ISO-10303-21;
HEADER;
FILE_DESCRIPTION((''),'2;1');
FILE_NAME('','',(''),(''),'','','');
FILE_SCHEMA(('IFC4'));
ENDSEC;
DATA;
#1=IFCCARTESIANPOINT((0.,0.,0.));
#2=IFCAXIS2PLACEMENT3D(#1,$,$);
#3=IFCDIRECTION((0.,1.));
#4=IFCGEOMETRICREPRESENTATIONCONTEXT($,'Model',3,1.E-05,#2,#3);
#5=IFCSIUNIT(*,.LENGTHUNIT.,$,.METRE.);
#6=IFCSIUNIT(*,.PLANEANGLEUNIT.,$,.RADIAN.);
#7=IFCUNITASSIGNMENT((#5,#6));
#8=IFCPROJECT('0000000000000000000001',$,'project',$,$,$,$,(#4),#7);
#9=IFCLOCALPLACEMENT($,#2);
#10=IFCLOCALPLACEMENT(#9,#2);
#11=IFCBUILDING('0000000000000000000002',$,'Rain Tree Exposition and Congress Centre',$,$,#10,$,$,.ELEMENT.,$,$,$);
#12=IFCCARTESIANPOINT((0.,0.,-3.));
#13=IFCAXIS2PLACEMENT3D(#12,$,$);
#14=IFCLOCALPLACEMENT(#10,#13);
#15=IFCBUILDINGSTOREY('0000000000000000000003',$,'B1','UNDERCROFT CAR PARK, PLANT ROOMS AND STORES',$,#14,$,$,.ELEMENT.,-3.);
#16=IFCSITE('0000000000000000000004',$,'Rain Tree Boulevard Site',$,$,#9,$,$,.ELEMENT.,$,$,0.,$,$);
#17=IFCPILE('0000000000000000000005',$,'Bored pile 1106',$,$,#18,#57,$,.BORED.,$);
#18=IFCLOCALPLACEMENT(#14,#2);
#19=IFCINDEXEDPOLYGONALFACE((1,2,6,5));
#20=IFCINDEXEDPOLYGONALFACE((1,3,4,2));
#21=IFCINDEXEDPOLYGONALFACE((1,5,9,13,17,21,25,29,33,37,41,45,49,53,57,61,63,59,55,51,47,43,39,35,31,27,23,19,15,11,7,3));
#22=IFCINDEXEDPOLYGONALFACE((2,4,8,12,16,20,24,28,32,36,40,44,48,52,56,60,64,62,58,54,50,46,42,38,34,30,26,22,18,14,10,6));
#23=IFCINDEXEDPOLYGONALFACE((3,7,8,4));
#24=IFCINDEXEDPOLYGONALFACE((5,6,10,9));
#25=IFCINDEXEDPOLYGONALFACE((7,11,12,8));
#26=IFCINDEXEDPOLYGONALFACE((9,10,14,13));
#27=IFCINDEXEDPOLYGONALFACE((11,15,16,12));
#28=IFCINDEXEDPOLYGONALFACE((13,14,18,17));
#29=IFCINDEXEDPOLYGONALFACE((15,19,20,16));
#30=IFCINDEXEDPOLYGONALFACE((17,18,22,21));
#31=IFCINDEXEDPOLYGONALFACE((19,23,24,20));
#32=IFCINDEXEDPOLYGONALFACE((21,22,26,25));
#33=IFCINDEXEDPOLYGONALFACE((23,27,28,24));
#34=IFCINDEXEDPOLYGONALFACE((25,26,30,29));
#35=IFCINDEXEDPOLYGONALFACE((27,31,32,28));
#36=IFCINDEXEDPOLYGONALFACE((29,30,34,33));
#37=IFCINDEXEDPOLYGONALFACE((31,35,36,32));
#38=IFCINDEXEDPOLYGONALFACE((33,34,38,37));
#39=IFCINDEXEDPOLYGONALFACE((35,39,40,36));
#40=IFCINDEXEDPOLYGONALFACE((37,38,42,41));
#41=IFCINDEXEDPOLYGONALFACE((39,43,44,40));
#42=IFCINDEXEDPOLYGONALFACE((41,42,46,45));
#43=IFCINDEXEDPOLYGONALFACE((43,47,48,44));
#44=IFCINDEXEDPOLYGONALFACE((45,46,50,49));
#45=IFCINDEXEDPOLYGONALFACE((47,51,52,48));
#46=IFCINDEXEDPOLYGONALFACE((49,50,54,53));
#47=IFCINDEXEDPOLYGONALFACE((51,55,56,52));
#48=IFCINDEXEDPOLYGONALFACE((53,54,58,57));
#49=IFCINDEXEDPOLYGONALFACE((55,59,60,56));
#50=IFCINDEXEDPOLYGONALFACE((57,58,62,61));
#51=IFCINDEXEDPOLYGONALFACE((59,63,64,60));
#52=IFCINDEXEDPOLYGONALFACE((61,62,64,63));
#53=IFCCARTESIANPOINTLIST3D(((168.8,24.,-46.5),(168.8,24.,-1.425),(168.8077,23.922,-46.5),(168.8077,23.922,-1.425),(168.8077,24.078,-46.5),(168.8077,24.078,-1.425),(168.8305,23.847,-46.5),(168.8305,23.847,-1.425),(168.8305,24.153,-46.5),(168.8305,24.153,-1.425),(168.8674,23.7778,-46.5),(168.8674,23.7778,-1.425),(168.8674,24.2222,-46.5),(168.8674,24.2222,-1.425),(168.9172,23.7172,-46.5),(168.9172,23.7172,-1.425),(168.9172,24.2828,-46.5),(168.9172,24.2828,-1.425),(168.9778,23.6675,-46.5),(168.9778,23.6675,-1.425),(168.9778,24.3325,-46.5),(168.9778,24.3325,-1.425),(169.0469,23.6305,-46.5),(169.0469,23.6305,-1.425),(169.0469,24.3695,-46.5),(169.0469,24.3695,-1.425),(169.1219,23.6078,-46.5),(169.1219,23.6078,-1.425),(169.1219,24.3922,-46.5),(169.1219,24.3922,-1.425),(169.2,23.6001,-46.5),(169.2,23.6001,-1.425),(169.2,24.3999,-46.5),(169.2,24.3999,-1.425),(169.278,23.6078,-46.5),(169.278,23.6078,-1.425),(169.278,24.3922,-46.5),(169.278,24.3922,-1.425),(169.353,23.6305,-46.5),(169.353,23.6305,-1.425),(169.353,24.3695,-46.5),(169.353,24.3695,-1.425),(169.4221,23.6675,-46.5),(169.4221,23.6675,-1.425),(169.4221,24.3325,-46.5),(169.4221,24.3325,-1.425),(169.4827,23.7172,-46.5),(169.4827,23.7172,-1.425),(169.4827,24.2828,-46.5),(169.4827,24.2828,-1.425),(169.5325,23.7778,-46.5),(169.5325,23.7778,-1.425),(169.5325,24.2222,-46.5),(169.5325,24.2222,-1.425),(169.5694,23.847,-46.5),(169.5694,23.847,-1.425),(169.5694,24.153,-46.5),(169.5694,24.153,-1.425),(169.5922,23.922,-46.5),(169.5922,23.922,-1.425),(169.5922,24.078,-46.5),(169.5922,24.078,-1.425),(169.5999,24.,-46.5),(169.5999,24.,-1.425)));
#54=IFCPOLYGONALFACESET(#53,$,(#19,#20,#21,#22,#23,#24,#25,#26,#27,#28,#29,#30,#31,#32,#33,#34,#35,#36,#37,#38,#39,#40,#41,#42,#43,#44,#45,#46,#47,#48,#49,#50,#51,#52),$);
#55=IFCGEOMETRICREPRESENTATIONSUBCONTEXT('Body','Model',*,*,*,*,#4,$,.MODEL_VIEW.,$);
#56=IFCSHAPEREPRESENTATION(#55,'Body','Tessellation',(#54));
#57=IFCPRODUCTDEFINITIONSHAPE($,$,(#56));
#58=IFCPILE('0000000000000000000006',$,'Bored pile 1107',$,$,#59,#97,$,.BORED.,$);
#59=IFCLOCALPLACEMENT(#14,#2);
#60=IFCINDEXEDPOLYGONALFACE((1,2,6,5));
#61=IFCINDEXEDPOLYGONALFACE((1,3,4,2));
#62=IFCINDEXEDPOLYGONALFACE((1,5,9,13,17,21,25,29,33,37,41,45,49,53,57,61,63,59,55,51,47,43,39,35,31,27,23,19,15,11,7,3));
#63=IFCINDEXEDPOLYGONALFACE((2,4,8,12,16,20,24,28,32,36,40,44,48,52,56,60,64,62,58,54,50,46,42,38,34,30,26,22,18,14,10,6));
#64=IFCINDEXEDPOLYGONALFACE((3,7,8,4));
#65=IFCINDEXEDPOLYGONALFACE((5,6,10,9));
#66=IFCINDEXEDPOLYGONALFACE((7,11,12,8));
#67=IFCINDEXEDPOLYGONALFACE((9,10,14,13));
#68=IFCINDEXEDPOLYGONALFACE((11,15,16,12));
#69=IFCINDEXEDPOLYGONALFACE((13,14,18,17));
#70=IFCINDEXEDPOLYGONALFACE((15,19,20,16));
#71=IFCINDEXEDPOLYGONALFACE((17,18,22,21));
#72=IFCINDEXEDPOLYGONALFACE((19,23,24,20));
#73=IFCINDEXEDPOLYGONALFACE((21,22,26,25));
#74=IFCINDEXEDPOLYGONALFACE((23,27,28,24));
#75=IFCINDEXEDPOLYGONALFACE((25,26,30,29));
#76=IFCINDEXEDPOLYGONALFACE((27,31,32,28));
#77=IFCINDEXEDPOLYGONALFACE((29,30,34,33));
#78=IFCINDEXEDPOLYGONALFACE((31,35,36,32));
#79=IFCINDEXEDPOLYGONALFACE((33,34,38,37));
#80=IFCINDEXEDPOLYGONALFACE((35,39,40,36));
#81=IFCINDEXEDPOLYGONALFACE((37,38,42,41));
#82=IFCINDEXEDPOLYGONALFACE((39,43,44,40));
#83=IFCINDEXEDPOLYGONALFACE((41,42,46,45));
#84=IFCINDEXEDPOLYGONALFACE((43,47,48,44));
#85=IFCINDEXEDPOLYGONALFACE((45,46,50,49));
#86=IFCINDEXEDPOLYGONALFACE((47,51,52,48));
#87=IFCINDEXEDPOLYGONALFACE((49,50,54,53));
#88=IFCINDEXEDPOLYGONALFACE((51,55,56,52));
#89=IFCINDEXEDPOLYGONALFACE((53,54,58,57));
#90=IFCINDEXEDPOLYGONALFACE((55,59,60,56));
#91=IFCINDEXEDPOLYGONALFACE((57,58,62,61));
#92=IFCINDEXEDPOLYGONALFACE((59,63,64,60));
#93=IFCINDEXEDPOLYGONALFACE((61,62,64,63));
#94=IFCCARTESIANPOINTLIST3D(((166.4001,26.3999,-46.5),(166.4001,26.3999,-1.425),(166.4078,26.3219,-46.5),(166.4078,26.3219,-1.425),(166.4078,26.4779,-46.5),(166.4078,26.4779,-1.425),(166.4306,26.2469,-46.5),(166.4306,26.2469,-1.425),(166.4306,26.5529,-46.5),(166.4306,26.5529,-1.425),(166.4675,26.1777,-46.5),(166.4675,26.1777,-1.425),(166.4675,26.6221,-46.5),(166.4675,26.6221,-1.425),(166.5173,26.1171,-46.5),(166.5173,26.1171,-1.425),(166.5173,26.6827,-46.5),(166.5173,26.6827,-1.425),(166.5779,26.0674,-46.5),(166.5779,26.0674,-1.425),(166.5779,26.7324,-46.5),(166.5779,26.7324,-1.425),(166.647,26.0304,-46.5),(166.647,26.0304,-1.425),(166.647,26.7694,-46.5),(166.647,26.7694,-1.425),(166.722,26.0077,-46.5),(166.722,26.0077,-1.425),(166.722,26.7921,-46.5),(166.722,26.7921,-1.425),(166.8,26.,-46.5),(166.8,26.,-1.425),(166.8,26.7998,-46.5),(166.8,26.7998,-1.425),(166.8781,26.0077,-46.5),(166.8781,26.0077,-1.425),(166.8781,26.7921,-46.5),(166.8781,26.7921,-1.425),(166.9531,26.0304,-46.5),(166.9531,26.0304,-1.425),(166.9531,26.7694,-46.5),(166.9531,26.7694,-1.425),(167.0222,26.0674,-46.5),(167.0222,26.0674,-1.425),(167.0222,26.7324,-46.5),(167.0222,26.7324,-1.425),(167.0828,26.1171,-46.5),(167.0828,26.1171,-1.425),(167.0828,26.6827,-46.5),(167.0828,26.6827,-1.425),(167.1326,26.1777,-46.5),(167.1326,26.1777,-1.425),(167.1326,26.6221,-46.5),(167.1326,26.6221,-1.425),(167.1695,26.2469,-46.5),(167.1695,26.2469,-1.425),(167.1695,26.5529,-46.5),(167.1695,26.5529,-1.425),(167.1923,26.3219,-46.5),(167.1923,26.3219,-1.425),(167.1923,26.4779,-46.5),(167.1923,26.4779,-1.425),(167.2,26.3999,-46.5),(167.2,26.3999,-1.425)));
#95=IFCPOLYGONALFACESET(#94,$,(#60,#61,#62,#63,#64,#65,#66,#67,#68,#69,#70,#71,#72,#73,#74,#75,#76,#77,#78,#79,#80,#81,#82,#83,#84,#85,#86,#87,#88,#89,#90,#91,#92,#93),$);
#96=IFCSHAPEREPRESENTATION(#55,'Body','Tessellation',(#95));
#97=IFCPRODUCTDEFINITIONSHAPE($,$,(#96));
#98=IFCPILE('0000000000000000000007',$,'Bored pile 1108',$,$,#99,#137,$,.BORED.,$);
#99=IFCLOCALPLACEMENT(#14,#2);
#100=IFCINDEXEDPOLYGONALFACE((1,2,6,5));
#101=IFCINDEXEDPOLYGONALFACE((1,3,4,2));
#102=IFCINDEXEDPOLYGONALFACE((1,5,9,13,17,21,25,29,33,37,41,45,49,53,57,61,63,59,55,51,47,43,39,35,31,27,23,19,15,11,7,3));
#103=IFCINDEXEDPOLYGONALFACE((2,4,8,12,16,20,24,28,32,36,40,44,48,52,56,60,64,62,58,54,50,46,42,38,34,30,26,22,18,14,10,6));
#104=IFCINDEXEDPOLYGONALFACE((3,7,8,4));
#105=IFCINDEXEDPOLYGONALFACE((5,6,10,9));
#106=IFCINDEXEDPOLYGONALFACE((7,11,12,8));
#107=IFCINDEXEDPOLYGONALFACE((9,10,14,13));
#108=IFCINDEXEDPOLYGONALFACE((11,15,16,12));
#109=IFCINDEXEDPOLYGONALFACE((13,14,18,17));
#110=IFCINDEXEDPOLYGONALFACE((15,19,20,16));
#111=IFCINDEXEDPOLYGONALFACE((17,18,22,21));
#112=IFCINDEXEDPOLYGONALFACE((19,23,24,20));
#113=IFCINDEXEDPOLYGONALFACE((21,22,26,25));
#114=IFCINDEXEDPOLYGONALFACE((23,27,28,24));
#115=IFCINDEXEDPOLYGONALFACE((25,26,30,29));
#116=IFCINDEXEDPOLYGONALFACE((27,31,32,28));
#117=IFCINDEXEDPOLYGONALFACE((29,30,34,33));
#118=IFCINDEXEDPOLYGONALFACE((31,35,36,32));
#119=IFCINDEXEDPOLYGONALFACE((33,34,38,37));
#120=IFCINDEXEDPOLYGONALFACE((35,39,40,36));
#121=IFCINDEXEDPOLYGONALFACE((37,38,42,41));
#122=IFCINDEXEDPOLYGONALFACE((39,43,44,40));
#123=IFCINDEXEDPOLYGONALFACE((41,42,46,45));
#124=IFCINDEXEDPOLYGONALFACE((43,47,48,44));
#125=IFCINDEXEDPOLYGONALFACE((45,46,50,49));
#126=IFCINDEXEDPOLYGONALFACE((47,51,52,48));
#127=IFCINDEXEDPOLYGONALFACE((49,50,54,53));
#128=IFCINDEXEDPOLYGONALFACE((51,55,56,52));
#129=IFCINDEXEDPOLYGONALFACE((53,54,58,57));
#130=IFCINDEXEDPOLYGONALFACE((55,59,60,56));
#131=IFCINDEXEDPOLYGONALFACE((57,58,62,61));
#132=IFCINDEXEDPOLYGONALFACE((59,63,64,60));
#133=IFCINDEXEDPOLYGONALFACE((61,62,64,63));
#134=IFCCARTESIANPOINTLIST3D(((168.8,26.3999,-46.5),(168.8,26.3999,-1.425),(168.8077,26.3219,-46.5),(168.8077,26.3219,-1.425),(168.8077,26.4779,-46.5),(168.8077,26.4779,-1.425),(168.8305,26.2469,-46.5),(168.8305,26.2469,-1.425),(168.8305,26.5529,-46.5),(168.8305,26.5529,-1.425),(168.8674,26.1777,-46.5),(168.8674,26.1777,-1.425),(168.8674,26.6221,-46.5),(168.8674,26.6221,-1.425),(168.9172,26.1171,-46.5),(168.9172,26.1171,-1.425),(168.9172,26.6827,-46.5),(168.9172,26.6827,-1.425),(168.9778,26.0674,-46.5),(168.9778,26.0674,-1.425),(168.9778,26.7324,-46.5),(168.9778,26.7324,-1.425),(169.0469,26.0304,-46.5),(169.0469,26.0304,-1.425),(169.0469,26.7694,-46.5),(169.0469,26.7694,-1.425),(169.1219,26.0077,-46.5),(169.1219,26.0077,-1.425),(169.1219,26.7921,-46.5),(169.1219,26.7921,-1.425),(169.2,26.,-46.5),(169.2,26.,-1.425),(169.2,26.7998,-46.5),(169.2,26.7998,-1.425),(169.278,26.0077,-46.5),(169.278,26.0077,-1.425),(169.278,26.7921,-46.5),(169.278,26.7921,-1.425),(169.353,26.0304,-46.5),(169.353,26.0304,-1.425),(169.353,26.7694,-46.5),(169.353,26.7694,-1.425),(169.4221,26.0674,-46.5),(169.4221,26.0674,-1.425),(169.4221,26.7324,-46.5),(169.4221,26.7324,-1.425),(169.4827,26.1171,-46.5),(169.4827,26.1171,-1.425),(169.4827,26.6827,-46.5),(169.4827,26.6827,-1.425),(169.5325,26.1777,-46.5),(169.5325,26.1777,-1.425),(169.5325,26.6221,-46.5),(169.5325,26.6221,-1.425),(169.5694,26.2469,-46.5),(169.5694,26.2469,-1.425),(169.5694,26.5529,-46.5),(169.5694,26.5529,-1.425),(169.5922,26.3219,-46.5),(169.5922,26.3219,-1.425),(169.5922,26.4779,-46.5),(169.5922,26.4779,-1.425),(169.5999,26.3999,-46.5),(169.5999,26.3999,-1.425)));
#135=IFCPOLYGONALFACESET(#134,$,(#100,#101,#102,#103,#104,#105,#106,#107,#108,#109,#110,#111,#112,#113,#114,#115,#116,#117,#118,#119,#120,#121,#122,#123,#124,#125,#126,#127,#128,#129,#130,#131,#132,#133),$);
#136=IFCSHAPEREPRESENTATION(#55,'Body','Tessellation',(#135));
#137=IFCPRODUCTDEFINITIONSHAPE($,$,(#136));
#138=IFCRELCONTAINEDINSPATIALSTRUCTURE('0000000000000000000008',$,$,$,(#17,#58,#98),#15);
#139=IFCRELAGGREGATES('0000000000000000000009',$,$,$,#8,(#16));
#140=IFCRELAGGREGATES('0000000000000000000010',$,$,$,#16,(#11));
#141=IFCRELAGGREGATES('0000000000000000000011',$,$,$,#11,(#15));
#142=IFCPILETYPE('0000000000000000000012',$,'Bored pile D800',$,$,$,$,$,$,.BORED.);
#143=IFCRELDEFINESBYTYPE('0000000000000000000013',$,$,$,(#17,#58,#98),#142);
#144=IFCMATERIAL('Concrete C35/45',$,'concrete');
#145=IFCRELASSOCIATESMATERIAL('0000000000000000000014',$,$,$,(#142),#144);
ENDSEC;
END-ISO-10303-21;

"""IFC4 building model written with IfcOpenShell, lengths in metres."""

from ifc_helpers import new_model, si_unit, direction, frame, origin, origin_2d, place, context, subcontext, project, spatial, circle, extrude, material, material_profile, profile_set, type_object, element, save


model = new_model("IFC4")

# Units and contexts
model_context = context("Model", 3, precision=1e-05, world=origin(), true_north=direction((0.0, 1.0)))
body_context = subcontext(model_context, "Body", "Model", "MODEL_VIEW")
ifc_project = project(units=[si_unit("LENGTHUNIT", "METRE"), si_unit("PLANEANGLEUNIT", "RADIAN")], contexts=[model_context])

# Site, building, storey
site_placement = place(None, origin())
site = spatial("IfcSite", under=ifc_project, at=site_placement, Name="Rain Tree Boulevard Site", CompositionType="ELEMENT", RefElevation=0.0)
building_placement = place(site_placement, origin())
building = spatial("IfcBuilding", under=site, at=building_placement, Name="Rain Tree Exposition and Congress Centre", CompositionType="ELEMENT")
storey_placement = place(building_placement, frame((0.0, 0.0, -3.0)))
storey = spatial("IfcBuildingStorey", under=building, at=storey_placement, Name="B1", Description="UNDERCROFT CAR PARK, PLANT ROOMS AND STORES", CompositionType="ELEMENT", Elevation=-3.0)

# Piles
ifc_material_1 = material(Name="Concrete C35/45", Category="concrete")
ifc_material_profile_1 = material_profile(ifc_material_1, circle(Radius=0.3999, at=origin_2d()), Name="D800")
ifc_profile_set_1 = profile_set([ifc_material_profile_1], Name="Concrete C35/45")
pile_type_1 = type_object("IfcPileType", Name="Bored pile D800", PredefinedType="BORED", material=ifc_profile_set_1)
for number, where, z_axis, x_axis, name in (
    (1, (169.2, 24.0, -1.425), (0.0, 0.0, -1.0), (1.0, 0.0, 0.0), "Bored pile 1106"),
    (2, (166.8, 26.3999, -1.425), (0.0, 0.0, -1.0), (1.0, 0.0, 0.0), "Bored pile 1107"),
    (3, (169.2, 26.3999, -1.425), (0.0, 0.0, -1.0), (1.0, 0.0, 0.0), "Bored pile 1108"),
):
    element("IfcPile", number, at=place(storey_placement, frame(where, z_axis=z_axis, x_axis=x_axis)), inside=storey, type_object=pile_type_1, Name=name, PredefinedType="BORED", context=body_context, shape_type="SweptSolid", body=[
        extrude(circle(Radius=0.3999, at=origin_2d()), origin(), (0.0, 0.0, 1.0), 45.075),
    ])

save(model, "model.ifc")
